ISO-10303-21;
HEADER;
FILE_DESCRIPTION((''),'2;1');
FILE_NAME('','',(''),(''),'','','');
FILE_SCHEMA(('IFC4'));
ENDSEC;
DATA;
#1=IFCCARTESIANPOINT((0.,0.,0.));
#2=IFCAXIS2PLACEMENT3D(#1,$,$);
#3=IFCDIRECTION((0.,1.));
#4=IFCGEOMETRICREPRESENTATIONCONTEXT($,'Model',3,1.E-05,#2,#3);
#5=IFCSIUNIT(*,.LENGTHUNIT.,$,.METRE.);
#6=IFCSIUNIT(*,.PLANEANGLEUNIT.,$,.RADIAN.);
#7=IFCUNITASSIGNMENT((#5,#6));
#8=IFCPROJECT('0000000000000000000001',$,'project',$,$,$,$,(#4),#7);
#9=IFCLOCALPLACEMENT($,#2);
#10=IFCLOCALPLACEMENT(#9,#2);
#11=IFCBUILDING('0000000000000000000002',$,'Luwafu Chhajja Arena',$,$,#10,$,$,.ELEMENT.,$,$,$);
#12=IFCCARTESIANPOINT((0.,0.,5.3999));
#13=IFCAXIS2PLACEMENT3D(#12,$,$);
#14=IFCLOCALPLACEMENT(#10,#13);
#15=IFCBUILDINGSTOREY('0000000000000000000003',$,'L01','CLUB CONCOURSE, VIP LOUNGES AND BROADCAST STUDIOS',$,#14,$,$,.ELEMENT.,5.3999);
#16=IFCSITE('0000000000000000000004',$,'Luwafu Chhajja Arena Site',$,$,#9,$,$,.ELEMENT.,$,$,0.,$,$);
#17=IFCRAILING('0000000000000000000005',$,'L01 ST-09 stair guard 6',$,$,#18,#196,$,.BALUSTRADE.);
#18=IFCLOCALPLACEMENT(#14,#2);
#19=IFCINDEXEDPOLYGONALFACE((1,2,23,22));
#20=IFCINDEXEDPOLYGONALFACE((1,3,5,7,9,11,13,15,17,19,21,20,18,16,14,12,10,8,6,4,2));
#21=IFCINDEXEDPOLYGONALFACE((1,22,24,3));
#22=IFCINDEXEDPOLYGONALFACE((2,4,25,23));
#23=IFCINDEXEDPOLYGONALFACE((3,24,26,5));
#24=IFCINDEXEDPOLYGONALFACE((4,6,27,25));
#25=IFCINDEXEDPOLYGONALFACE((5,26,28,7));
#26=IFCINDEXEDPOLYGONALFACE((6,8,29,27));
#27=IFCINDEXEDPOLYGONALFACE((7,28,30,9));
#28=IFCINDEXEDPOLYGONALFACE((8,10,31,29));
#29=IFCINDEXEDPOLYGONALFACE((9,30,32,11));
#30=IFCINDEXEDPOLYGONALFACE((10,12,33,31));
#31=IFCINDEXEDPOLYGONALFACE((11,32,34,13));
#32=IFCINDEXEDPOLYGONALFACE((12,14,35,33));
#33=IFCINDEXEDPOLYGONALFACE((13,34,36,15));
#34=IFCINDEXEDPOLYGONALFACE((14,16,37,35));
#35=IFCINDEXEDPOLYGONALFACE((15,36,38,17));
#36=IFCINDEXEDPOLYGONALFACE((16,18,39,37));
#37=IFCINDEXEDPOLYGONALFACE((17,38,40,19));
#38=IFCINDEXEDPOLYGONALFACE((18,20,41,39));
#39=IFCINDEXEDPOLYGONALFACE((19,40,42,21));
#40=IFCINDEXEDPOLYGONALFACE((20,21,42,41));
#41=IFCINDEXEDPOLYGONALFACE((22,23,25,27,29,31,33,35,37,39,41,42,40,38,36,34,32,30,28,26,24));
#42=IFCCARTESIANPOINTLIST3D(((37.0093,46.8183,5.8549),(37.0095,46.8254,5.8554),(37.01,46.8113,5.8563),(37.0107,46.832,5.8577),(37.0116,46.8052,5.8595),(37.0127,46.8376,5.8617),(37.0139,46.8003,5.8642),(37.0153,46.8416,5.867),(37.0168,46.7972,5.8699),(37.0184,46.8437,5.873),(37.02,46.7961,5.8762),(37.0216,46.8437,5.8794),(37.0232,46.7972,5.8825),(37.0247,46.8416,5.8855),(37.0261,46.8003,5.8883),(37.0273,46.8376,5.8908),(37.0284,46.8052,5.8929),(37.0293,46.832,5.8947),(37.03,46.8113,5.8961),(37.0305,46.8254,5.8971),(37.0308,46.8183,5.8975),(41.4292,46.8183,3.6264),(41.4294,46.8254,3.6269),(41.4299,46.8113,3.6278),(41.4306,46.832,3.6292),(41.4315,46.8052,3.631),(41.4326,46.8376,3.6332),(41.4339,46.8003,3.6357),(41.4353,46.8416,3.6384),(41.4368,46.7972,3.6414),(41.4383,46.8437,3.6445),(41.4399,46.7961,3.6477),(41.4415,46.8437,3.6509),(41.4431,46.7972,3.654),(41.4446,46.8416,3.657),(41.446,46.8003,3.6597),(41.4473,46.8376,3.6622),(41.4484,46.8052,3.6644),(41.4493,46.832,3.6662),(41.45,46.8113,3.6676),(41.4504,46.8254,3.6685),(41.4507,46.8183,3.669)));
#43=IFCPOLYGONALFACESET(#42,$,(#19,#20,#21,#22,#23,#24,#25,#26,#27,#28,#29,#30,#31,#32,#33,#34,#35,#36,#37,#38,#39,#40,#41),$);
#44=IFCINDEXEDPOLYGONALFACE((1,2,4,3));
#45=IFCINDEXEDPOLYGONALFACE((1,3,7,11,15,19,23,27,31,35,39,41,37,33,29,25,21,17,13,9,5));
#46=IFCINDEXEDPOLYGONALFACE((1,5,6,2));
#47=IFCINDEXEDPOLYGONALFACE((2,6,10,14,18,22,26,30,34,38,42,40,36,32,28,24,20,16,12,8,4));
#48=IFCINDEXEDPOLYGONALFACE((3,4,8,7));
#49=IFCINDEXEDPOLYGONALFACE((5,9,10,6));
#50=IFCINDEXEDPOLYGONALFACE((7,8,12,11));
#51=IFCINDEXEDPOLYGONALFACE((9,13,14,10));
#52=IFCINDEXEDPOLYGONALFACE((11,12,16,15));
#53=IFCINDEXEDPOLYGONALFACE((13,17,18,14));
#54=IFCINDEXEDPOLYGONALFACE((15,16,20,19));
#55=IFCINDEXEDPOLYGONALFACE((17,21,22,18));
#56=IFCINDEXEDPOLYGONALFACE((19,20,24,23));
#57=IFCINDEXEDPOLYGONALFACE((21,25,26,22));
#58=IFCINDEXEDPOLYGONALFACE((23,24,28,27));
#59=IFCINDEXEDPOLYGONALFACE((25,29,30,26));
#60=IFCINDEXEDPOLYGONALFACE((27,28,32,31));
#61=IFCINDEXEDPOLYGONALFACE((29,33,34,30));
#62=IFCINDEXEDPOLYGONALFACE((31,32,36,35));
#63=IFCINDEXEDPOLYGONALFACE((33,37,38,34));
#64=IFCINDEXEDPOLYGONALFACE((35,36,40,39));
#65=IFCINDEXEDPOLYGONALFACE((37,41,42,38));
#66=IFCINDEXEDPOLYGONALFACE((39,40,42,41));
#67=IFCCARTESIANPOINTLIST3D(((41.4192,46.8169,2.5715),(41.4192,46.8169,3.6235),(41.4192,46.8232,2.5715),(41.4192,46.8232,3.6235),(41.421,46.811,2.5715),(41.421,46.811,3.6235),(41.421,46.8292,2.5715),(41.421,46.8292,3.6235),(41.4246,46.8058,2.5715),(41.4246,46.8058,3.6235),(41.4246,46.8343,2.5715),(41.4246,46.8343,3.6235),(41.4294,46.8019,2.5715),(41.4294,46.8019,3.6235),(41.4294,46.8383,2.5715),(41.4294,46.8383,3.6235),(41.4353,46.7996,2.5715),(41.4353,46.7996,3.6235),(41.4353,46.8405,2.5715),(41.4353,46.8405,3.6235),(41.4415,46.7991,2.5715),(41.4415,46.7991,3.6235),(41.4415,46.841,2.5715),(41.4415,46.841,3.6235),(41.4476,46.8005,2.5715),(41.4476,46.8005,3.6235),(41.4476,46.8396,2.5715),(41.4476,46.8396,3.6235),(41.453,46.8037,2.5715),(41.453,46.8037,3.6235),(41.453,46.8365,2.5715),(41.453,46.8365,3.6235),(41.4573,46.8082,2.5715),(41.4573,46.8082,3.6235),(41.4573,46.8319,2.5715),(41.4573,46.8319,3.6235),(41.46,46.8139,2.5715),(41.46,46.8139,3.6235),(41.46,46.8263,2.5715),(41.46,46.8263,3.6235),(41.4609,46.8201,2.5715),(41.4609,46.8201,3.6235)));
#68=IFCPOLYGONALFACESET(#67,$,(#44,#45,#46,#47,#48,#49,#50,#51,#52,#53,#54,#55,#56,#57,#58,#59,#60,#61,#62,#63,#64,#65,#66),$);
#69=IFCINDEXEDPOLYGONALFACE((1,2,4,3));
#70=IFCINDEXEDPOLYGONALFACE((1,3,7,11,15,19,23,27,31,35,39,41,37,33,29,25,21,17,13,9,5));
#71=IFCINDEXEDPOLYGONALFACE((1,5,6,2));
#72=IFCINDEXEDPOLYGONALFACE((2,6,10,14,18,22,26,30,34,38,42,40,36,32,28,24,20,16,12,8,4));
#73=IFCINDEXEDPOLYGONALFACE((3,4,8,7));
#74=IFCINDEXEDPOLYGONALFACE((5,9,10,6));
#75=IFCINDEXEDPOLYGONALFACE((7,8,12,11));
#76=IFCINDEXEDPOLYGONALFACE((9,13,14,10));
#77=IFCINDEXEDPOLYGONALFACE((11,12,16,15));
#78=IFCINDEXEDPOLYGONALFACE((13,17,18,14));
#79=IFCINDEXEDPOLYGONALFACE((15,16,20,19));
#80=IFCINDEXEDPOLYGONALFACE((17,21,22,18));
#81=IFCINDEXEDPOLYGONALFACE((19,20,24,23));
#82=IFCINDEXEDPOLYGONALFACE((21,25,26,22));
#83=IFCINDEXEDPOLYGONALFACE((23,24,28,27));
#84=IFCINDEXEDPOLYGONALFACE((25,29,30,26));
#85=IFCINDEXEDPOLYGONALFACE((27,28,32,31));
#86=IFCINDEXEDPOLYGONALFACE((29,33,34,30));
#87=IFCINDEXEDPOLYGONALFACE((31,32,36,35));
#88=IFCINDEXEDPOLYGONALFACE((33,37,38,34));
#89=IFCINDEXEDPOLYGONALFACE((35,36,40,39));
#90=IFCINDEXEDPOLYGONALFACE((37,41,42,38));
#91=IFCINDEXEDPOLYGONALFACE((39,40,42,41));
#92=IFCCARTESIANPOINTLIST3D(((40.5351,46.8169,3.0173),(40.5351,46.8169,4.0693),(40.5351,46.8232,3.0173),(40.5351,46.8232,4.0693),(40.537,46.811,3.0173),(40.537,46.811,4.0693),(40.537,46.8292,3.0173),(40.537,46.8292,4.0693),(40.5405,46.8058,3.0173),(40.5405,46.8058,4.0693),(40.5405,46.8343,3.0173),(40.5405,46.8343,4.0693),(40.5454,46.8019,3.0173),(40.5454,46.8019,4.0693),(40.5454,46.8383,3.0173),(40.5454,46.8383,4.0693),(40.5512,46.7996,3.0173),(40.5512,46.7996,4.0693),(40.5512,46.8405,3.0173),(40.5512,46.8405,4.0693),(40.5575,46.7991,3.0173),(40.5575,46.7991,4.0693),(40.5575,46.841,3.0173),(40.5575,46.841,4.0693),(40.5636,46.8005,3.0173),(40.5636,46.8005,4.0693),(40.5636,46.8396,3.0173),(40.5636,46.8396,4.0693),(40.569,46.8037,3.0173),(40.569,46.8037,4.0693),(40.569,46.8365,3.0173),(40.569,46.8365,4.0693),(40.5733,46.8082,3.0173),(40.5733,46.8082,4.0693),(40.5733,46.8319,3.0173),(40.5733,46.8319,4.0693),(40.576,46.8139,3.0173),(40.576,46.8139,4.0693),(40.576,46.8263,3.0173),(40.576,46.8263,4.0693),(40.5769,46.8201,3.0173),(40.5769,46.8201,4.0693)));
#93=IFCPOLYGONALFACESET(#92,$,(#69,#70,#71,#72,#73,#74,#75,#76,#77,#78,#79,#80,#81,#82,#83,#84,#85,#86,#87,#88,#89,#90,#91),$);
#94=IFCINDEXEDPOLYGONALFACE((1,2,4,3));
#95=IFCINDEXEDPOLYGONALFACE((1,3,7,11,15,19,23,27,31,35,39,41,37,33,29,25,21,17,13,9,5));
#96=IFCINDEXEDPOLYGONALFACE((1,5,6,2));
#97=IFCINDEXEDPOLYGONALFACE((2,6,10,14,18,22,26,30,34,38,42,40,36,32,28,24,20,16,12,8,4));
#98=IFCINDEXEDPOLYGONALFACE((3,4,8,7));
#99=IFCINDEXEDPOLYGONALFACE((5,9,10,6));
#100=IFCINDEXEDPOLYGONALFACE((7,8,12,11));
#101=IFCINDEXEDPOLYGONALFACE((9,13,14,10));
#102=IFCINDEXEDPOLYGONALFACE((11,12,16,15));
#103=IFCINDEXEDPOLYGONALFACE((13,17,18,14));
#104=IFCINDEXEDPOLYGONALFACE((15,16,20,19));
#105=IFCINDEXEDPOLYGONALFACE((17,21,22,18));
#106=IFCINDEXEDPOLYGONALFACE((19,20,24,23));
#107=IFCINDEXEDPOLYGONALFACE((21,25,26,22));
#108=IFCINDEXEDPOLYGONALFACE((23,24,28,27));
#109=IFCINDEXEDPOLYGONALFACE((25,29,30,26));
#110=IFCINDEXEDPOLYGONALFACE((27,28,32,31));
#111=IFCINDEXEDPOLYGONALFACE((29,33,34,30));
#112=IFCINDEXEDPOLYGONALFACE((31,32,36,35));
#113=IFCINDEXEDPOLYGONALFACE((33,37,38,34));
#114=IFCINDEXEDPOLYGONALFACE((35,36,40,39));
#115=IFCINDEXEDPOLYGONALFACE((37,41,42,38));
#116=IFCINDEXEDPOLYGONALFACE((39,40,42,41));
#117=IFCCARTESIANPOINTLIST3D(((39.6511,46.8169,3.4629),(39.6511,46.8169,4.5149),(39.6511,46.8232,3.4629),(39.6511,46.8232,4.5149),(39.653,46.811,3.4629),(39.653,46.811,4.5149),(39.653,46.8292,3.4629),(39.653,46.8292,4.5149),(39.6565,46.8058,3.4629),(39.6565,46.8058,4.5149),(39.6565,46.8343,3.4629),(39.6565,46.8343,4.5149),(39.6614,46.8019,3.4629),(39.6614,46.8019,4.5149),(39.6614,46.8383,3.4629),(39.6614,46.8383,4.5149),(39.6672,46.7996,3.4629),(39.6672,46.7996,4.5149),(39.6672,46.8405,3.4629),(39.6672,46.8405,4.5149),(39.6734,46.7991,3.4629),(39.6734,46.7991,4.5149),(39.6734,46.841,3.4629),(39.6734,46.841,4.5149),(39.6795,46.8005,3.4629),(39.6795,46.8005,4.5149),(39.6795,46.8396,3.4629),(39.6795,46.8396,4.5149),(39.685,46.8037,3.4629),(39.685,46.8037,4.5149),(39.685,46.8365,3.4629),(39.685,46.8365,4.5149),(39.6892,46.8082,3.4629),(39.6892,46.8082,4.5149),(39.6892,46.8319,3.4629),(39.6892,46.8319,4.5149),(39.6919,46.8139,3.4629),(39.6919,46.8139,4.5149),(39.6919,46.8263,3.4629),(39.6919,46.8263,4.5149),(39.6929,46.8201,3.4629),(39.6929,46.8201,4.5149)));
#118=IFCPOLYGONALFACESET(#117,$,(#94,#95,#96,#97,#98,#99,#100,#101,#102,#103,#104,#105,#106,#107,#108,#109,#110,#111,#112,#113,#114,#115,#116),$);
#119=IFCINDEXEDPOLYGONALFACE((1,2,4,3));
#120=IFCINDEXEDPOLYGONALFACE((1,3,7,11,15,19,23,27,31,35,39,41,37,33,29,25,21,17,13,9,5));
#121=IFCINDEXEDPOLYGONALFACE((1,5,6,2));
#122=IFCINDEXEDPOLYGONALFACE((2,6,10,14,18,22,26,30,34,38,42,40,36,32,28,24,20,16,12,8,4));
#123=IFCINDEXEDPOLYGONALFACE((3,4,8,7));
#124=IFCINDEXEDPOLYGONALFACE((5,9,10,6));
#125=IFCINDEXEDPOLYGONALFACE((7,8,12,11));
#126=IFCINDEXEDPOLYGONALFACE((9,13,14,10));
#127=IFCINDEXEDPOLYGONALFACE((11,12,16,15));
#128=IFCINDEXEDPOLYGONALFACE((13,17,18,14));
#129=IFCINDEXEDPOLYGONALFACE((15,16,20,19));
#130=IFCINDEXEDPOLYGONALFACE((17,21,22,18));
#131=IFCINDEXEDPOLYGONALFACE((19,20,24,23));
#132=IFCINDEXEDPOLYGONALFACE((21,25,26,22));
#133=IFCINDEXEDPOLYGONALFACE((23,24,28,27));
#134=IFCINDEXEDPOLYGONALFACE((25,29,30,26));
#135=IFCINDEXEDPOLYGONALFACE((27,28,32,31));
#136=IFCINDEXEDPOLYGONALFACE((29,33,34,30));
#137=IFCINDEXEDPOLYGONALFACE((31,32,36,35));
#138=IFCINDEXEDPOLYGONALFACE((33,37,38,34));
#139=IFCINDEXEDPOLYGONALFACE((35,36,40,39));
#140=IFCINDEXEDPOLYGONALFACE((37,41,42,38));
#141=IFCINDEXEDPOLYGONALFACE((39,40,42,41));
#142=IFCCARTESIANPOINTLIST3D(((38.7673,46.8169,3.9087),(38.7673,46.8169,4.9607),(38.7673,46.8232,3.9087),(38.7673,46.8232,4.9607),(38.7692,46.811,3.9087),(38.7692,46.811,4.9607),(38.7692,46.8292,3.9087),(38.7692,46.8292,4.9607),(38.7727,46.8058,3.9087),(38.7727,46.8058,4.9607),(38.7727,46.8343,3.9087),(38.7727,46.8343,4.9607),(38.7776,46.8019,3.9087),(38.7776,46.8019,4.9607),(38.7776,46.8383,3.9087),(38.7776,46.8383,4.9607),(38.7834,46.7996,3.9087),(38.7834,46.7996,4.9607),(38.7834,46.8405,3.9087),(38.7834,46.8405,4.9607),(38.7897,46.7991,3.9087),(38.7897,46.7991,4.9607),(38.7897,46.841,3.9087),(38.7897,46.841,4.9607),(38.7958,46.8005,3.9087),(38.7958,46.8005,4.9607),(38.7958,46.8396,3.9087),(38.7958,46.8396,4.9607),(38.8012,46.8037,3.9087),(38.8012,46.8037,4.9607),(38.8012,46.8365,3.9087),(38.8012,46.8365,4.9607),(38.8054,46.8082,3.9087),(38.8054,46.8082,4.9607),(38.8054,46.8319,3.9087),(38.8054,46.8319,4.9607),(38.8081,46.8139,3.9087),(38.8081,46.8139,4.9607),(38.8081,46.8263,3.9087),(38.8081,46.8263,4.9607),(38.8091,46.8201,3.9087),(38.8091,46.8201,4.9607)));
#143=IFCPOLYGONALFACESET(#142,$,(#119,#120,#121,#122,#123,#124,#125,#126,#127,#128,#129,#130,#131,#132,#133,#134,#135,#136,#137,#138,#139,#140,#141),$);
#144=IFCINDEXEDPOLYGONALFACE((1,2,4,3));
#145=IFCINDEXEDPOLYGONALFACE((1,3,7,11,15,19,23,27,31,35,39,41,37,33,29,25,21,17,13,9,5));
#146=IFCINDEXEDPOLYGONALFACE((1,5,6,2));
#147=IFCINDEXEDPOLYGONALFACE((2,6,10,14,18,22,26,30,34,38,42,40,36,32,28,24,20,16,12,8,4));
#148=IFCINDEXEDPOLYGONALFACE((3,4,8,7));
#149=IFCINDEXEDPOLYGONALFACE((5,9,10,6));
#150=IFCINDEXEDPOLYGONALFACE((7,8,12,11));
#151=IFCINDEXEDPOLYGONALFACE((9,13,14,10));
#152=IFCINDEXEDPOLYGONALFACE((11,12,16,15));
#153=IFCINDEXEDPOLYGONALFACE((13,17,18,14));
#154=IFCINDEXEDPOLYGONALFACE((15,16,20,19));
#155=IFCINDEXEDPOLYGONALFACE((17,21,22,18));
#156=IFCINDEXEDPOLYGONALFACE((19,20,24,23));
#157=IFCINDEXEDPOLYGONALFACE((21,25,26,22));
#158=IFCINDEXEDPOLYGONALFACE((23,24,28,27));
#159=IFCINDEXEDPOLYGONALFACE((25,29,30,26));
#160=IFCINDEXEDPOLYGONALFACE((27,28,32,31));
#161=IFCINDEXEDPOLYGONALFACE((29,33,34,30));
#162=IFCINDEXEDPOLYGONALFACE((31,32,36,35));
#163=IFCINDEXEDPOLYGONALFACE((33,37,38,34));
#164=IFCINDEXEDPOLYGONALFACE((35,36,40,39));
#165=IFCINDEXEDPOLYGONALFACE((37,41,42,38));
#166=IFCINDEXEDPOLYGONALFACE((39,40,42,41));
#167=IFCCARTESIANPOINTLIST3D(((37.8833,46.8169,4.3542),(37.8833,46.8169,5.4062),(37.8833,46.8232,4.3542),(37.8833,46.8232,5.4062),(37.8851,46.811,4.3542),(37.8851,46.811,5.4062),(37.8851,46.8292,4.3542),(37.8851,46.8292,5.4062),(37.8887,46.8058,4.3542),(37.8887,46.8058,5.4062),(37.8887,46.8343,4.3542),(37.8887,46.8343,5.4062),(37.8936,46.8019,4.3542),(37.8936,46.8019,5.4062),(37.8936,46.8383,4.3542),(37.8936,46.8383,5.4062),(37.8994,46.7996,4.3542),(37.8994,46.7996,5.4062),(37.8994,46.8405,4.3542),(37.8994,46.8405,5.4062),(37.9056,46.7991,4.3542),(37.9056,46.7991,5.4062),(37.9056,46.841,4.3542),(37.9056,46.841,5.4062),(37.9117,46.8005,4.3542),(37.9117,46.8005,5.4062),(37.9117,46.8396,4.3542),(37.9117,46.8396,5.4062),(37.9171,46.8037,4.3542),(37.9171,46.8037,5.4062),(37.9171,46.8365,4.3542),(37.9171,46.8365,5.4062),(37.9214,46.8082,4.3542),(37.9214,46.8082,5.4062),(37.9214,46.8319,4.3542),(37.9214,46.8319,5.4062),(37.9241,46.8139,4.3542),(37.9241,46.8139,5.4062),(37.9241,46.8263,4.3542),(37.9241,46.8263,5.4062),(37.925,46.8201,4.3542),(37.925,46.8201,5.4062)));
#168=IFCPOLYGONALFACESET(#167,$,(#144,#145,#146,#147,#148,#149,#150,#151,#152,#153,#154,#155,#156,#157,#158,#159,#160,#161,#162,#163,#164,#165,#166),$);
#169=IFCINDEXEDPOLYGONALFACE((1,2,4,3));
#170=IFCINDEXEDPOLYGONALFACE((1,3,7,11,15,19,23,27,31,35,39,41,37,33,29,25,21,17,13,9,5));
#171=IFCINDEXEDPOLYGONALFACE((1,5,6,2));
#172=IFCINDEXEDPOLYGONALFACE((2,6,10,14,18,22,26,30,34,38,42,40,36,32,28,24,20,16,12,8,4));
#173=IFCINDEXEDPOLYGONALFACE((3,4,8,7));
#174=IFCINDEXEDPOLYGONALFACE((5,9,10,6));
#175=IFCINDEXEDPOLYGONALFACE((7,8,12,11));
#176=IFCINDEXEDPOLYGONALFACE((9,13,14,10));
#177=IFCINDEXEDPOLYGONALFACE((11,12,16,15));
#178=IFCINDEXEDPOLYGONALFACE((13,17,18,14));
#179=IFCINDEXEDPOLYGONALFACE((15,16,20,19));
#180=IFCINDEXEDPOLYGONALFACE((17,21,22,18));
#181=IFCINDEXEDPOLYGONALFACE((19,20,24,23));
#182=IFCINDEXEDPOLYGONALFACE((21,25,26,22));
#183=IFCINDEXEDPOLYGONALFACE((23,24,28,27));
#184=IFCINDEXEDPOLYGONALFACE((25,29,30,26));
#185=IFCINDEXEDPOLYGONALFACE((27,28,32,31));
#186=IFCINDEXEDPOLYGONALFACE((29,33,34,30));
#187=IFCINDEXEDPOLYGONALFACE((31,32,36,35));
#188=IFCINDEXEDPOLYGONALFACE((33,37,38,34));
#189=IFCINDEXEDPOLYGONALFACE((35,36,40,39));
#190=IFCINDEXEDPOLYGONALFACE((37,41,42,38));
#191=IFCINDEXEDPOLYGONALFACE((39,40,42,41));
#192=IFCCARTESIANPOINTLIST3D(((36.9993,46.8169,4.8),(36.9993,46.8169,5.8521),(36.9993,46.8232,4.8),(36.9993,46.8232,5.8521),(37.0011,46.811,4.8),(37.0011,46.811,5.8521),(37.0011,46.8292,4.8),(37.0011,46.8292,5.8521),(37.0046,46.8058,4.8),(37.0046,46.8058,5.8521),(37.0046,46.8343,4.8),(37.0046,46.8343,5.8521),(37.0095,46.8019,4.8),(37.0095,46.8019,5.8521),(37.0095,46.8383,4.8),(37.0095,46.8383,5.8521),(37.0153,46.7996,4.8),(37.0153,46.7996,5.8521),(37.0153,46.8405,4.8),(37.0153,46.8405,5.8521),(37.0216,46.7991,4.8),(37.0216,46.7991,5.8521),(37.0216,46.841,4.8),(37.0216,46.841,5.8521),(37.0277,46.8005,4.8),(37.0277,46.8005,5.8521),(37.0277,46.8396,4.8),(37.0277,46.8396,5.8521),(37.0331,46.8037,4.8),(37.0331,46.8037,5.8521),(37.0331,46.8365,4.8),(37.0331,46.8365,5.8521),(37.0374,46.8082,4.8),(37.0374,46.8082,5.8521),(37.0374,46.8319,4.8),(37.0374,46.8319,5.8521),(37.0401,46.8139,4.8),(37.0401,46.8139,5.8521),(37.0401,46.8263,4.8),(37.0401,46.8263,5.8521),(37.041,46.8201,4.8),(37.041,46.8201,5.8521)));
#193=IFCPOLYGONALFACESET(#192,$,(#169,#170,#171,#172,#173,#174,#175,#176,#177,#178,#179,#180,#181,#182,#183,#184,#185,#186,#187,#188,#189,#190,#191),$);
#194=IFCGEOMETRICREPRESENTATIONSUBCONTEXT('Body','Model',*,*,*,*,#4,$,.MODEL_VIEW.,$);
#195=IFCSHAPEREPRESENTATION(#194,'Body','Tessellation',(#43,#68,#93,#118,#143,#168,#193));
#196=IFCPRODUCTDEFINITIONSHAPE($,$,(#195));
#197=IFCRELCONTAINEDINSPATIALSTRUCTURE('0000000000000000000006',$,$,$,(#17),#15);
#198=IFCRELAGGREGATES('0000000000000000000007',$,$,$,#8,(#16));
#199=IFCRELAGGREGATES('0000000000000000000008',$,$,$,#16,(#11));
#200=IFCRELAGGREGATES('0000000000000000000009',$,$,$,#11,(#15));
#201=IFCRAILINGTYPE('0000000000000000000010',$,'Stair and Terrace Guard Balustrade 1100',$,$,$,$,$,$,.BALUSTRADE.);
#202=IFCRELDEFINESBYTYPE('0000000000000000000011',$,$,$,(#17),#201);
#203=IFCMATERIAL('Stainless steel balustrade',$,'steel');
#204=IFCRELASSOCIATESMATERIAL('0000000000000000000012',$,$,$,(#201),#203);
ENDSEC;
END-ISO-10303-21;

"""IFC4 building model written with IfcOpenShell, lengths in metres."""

from ifc_helpers import new_model, si_unit, direction, frame, origin, origin_2d, place, context, subcontext, project, spatial, circle, extrude, material, type_object, element, save


model = new_model("IFC4")

# Units and contexts
model_context = context("Model", 3, precision=1e-05, world=origin(), true_north=direction((0.0, 1.0)))
body_context = subcontext(model_context, "Body", "Model", "MODEL_VIEW")
ifc_project = project(units=[si_unit("LENGTHUNIT", "METRE"), si_unit("PLANEANGLEUNIT", "RADIAN")], contexts=[model_context])

# Site, building, storey
site_placement = place(None, origin())
site = spatial("IfcSite", under=ifc_project, at=site_placement, Name="Luwafu Chhajja Arena Site", CompositionType="ELEMENT", RefElevation=0.0)
building_placement = place(site_placement, origin())
building = spatial("IfcBuilding", under=site, at=building_placement, Name="Luwafu Chhajja Arena", CompositionType="ELEMENT")
storey_placement = place(building_placement, frame((0.0, 0.0, 5.3999)))
storey = spatial("IfcBuildingStorey", under=building, at=storey_placement, Name="L01", Description="CLUB CONCOURSE, VIP LOUNGES AND BROADCAST STUDIOS", CompositionType="ELEMENT", Elevation=5.3999)

# Railing
ifc_material_1 = material(Name="Stainless steel balustrade", Category="steel")
railing_type_1 = type_object("IfcRailingType", Name="Stair and Terrace Guard Balustrade 1100", PredefinedType="BALUSTRADE", material=ifc_material_1)
railing_1_placement = place(storey_placement, frame((41.4399, 46.8201, 2.5715)))
element("IfcRailing", 1, at=railing_1_placement, inside=storey, type_object=railing_type_1, Name="L01 ST-09 stair guard 6", PredefinedType="BALUSTRADE", context=body_context, shape_type="SweptSolid", body=[
    extrude(circle(Radius=0.0239, at=origin_2d()), frame((0.0, 0.0, 1.0762), z_axis=(-0.892923, 0.0, 0.45021), x_axis=(0.0, -1.0, 0.0)), (0.0, 0.0, 1.0), 4.95),
    extrude(circle(Radius=0.021, at=origin_2d()), origin(), (0.0, 0.0, 1.0), 1.052),
    extrude(circle(Radius=0.021, at=origin_2d()), frame((-0.884, 0.0, 0.4458)), (0.0, 0.0, 1.0), 1.052),
    extrude(circle(Radius=0.021, at=origin_2d()), frame((-1.7681, 0.0, 0.8914)), (0.0, 0.0, 1.0), 1.052),
    extrude(circle(Radius=0.021, at=origin_2d()), frame((-2.6519, 0.0, 1.3372)), (0.0, 0.0, 1.0), 1.052),
    extrude(circle(Radius=0.021, at=origin_2d()), frame((-3.5359, 0.0, 1.7827)), (0.0, 0.0, 1.0), 1.052),
    extrude(circle(Radius=0.021, at=origin_2d()), frame((-4.4199, 0.0, 2.2285)), (0.0, 0.0, 1.0), 1.052),
])

save(model, "model.ifc")
